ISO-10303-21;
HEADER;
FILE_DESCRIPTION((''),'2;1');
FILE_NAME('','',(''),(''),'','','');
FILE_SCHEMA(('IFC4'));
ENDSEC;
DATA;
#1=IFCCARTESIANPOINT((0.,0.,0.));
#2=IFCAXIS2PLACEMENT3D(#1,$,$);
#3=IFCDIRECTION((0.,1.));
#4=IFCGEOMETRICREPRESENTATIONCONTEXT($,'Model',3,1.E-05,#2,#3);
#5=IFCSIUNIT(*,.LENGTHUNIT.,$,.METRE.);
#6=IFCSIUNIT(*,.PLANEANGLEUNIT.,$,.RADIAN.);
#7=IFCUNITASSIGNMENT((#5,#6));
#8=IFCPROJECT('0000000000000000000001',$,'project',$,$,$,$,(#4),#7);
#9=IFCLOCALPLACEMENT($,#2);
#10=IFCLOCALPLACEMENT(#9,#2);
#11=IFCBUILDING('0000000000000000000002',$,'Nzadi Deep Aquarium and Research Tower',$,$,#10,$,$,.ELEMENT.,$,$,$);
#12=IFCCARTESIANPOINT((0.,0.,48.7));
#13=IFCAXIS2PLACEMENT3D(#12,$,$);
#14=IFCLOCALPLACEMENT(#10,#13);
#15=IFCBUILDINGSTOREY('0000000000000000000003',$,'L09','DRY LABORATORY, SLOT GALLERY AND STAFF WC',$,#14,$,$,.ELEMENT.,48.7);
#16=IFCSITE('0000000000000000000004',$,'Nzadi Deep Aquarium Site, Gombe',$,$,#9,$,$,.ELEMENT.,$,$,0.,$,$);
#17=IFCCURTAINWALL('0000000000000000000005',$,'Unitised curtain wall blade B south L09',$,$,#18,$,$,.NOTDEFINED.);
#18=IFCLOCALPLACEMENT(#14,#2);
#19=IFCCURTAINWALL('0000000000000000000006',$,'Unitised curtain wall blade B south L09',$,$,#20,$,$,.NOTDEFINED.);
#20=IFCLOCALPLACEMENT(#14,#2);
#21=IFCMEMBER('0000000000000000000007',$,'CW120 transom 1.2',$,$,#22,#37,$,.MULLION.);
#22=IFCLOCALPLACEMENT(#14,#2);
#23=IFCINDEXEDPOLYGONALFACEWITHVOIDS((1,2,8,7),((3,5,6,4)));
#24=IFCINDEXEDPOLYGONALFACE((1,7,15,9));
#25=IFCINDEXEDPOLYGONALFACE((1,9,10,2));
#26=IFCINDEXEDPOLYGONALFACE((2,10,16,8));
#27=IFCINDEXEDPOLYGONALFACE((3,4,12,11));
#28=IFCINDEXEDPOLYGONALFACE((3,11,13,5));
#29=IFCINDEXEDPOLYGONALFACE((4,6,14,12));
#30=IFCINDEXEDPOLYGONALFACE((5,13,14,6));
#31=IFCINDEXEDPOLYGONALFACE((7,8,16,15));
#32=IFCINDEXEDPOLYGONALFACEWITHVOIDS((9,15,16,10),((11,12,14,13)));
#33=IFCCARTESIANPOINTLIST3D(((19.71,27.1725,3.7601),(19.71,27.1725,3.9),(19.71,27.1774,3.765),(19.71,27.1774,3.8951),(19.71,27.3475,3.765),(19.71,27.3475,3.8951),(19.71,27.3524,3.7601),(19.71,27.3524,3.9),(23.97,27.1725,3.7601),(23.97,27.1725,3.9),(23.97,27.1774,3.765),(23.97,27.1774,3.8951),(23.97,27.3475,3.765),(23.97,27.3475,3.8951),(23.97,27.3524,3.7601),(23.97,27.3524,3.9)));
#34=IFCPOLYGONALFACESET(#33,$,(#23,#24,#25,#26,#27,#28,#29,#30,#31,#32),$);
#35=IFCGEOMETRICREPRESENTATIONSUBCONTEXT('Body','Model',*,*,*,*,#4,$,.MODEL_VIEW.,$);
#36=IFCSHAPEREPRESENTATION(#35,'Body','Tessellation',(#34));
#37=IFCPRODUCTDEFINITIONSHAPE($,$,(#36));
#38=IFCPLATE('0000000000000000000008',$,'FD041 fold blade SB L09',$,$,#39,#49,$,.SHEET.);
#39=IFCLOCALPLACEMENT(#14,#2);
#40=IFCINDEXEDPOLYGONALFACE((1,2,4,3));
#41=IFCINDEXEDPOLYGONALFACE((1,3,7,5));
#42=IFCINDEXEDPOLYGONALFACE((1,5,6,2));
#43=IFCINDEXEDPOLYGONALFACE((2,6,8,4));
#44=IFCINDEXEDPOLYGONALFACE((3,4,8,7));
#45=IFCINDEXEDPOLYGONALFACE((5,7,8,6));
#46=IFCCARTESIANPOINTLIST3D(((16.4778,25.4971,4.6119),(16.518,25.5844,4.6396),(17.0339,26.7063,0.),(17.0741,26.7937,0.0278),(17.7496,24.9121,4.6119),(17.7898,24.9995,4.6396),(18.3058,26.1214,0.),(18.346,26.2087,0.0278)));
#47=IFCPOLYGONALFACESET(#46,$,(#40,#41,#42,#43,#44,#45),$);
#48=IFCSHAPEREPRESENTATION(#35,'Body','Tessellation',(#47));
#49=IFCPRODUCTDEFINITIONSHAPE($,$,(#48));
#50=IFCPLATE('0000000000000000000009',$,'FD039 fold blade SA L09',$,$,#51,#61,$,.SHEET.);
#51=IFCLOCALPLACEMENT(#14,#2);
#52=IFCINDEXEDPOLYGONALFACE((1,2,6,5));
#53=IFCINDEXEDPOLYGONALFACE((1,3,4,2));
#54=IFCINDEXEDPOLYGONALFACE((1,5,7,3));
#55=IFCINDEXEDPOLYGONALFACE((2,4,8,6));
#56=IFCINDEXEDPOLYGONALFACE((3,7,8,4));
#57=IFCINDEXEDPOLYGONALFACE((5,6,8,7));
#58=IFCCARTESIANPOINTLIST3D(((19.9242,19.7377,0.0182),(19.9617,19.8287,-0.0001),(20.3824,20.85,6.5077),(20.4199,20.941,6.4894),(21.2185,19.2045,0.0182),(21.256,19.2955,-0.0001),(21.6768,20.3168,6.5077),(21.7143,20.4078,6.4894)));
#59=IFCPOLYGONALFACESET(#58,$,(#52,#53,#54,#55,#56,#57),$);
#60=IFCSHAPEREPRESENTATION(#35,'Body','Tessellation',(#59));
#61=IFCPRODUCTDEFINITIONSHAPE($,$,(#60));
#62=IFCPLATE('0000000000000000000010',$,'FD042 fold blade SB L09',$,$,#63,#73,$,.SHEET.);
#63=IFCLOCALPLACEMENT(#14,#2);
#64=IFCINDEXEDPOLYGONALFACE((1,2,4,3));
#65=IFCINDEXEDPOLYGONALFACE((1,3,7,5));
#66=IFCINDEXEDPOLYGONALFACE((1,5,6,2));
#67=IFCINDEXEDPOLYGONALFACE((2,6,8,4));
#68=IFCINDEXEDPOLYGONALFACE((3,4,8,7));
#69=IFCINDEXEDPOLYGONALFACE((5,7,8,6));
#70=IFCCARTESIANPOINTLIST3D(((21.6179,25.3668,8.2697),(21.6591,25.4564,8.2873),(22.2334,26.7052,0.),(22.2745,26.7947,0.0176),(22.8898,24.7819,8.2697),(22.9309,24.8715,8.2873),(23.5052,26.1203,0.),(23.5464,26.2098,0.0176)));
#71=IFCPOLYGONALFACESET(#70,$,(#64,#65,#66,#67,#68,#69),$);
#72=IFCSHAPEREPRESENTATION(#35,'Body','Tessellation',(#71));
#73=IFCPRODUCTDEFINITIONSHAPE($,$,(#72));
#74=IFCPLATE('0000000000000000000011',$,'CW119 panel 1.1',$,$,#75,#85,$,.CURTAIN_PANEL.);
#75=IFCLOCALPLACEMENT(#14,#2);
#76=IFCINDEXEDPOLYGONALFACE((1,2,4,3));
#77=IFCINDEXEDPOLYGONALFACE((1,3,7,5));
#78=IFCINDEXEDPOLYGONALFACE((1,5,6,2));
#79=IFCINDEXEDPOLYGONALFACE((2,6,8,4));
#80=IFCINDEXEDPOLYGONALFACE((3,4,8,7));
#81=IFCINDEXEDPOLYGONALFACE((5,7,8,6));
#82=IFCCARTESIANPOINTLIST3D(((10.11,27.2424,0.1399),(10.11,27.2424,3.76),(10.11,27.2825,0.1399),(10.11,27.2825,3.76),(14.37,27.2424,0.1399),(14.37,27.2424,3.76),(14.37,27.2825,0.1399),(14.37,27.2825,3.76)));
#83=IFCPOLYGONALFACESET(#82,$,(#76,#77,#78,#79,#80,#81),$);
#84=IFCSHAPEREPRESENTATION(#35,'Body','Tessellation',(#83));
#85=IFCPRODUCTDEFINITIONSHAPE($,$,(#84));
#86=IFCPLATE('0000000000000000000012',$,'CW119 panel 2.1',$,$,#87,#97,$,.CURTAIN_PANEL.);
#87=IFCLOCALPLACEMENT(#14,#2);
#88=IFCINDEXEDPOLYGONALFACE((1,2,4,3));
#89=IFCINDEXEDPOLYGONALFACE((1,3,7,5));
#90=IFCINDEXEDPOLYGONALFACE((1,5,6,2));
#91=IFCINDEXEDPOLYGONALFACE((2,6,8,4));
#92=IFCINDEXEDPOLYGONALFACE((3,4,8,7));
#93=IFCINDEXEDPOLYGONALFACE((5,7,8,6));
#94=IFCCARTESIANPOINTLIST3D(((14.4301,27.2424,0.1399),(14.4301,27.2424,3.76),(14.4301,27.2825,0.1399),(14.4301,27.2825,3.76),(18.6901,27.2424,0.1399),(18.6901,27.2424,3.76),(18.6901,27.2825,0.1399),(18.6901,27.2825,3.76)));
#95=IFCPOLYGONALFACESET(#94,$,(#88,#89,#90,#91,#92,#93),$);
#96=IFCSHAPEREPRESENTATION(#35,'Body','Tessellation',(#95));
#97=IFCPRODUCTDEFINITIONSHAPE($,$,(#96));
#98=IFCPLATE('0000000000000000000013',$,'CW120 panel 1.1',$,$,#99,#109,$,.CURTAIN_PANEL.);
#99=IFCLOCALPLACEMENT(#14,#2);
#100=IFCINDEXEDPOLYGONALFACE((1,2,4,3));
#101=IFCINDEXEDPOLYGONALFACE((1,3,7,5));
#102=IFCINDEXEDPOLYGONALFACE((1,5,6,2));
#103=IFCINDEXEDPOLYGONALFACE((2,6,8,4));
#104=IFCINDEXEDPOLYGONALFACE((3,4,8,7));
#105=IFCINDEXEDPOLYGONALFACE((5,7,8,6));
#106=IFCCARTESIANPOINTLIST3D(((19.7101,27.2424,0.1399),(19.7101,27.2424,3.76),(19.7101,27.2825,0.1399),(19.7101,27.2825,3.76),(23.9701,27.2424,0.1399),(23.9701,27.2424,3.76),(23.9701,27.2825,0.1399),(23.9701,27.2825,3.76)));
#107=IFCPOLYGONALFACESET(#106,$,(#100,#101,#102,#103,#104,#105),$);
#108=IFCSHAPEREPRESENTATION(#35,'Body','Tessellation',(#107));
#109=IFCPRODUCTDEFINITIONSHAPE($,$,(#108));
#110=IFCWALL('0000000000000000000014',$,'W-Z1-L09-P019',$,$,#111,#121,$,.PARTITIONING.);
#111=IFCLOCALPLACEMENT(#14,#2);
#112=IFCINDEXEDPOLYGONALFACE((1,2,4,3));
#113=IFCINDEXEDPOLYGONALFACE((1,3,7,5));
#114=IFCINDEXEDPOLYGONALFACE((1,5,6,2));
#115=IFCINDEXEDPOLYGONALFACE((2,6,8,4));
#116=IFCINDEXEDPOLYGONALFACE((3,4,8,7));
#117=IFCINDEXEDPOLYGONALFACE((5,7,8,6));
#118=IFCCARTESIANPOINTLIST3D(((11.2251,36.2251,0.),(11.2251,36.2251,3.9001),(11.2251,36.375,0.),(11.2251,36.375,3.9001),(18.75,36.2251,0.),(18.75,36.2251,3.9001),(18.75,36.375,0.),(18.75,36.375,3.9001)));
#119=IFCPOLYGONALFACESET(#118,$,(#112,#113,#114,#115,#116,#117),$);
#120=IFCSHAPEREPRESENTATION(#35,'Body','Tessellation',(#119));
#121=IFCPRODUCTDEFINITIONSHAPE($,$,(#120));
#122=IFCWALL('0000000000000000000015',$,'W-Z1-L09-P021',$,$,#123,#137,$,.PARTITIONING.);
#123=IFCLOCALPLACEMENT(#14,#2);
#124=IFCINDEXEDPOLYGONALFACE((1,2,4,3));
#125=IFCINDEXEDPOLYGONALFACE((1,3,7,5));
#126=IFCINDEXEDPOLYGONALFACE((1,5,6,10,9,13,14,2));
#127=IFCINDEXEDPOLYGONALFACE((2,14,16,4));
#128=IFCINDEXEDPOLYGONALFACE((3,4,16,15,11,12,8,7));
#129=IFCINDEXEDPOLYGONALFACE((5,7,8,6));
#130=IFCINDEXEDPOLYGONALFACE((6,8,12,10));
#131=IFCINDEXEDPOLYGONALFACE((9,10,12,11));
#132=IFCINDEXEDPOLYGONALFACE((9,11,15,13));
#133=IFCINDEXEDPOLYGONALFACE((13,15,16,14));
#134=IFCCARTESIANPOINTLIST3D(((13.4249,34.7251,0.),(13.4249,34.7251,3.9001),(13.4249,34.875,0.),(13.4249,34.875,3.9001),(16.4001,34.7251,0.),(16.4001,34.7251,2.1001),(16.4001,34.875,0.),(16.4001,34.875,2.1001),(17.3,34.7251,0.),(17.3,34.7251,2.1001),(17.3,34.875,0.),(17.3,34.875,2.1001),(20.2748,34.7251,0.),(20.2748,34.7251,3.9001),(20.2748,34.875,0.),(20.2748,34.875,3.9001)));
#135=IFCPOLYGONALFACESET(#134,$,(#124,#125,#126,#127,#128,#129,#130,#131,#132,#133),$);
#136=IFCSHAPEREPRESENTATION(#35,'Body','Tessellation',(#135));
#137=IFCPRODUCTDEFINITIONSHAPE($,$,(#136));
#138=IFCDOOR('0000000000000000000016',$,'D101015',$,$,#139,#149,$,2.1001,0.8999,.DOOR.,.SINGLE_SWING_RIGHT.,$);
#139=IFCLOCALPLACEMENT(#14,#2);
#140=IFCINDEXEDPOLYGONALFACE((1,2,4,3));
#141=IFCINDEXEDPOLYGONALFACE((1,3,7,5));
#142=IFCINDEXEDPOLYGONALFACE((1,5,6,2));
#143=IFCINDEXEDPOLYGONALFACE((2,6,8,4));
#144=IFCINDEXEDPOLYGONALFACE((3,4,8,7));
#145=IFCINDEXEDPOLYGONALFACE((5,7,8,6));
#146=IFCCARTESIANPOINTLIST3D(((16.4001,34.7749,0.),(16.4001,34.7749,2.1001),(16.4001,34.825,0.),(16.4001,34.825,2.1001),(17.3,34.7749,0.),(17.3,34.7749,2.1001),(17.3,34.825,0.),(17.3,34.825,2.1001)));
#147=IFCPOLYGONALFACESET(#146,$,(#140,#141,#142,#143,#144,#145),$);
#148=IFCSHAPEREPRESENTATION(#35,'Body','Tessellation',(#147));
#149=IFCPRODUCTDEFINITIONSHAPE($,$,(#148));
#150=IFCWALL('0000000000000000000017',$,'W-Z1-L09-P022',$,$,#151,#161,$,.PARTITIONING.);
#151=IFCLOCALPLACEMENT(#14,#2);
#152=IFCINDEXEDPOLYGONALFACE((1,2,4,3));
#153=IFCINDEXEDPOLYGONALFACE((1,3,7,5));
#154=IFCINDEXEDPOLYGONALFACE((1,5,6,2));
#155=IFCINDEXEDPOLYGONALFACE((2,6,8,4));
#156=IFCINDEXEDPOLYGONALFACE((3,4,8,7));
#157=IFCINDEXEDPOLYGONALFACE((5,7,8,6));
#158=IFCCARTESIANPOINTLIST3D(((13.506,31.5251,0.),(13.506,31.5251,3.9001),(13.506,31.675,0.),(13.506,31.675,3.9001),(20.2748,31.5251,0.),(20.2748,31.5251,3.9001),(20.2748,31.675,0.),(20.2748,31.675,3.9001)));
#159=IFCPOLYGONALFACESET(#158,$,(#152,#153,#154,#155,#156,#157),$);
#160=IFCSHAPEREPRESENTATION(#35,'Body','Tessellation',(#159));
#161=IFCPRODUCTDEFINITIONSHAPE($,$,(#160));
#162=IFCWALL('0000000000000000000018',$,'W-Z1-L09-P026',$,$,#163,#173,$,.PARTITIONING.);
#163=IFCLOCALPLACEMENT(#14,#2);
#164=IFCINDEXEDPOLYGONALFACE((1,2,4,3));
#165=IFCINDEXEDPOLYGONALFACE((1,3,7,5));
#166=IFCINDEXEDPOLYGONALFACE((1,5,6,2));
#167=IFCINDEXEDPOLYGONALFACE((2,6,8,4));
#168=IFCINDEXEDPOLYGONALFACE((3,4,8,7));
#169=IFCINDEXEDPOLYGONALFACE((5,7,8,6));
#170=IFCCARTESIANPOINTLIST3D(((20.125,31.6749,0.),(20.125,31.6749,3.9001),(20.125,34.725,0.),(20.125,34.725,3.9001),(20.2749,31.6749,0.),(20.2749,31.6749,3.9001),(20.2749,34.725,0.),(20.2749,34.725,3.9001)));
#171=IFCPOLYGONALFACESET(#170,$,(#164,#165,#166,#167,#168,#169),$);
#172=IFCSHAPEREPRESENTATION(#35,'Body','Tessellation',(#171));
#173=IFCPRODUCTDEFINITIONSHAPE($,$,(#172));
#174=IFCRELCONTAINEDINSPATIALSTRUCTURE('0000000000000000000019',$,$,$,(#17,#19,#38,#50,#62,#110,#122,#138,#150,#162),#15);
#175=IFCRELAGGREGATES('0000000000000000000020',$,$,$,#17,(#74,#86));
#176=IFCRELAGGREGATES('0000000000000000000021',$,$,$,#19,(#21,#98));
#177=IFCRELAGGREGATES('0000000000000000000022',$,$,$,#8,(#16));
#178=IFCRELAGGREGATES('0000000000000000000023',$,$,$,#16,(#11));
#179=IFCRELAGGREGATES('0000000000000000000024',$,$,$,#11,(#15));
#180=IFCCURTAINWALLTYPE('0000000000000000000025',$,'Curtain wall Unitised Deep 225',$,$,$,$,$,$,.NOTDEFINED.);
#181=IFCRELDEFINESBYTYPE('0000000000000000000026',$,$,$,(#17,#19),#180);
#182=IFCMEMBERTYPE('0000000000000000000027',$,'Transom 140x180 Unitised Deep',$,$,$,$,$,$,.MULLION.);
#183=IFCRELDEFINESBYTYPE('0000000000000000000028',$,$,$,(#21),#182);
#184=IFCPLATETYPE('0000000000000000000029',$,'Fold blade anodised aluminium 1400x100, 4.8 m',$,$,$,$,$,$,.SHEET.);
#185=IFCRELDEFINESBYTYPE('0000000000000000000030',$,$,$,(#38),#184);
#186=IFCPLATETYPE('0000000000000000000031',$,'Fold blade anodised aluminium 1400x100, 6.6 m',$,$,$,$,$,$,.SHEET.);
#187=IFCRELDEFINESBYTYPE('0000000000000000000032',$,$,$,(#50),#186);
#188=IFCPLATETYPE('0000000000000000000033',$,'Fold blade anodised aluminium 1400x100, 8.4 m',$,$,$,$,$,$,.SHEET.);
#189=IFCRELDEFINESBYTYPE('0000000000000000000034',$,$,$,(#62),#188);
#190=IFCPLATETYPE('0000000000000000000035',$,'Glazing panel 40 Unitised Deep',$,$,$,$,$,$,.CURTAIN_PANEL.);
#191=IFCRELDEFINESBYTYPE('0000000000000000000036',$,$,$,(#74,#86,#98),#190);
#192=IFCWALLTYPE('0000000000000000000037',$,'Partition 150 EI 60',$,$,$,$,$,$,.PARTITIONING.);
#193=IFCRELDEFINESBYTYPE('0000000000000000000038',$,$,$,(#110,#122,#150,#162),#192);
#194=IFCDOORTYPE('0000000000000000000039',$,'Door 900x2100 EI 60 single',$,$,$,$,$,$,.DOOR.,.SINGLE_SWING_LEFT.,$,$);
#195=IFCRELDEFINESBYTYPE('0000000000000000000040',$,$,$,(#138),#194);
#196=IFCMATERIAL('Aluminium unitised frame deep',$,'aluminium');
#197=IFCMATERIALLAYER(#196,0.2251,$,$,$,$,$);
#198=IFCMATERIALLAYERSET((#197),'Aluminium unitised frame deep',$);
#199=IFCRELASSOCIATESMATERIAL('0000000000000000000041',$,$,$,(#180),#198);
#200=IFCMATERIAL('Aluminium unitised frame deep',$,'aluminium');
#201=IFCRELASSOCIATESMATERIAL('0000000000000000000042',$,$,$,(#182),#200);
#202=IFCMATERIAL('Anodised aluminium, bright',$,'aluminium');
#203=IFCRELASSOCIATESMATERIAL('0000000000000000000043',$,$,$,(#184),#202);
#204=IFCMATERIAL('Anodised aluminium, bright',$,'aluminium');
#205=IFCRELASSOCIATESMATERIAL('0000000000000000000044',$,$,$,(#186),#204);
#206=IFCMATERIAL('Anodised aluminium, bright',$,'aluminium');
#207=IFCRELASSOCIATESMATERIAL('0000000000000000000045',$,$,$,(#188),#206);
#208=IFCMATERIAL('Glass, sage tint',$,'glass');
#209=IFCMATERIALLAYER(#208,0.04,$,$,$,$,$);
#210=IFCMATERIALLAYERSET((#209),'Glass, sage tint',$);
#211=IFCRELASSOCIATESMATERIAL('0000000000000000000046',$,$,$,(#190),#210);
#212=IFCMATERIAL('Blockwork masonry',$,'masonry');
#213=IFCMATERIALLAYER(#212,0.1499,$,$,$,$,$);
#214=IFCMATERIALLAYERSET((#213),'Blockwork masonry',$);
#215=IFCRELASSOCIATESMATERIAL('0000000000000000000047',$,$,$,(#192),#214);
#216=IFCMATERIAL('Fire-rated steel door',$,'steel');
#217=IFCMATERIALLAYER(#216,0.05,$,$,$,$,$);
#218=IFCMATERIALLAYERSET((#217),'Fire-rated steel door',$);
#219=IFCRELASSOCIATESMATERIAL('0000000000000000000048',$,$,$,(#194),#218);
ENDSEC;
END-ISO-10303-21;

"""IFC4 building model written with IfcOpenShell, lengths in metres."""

from ifc_helpers import new_model, si_unit, direction, frame, frame_2d, origin, origin_2d, place, context, subcontext, project, spatial, rectangle, hollow_rectangle, extrude, material, layer, layer_set, material_profile, profile_set, type_object, element, fill, aggregate, save


model = new_model("IFC4")

# Units and contexts
model_context = context("Model", 3, precision=1e-05, world=origin(), true_north=direction((0.0, 1.0)))
body_context = subcontext(model_context, "Body", "Model", "MODEL_VIEW")
ifc_project = project(units=[si_unit("LENGTHUNIT", "METRE"), si_unit("PLANEANGLEUNIT", "RADIAN")], contexts=[model_context])

# Site, building, storey
site_placement = place(None, origin())
site = spatial("IfcSite", under=ifc_project, at=site_placement, Name="Nzadi Deep Aquarium Site, Gombe", CompositionType="ELEMENT", RefElevation=0.0)
building_placement = place(site_placement, origin())
building = spatial("IfcBuilding", under=site, at=building_placement, Name="Nzadi Deep Aquarium and Research Tower", CompositionType="ELEMENT")
storey_placement = place(building_placement, frame((0.0, 0.0, 48.7)))
storey = spatial("IfcBuildingStorey", under=building, at=storey_placement, Name="L09", Description="DRY LABORATORY, SLOT GALLERY AND STAFF WC", CompositionType="ELEMENT", Elevation=48.7)

# Curtain walls
ifc_material_1 = material(Name="Aluminium unitised frame deep", Category="aluminium")
ifc_layer_1 = layer(ifc_material_1, 0.2251)
ifc_layer_set_1 = layer_set([ifc_layer_1], Name="Aluminium unitised frame deep")
curtain_wall_type_1 = type_object("IfcCurtainWallType", Name="Curtain wall Unitised Deep 225", PredefinedType="NOTDEFINED", material=ifc_layer_set_1)
curtain_wall_1_placement = place(storey_placement, origin())
curtain_wall_1 = element("IfcCurtainWall", 1, at=curtain_wall_1_placement, inside=storey, type_object=curtain_wall_type_1, Name="Unitised curtain wall blade B south L09", PredefinedType="NOTDEFINED")
curtain_wall_2_placement = place(storey_placement, origin())
curtain_wall_2 = element("IfcCurtainWall", 2, at=curtain_wall_2_placement, inside=storey, type_object=curtain_wall_type_1, Name="Unitised curtain wall blade B south L09", PredefinedType="NOTDEFINED")

# Member
ifc_material_2 = material(Name="Aluminium unitised frame deep", Category="aluminium")
ifc_material_profile_1 = material_profile(ifc_material_2, hollow_rectangle(XDim=0.1799, YDim=0.1399, WallThickness=0.0049, at=origin_2d()))
ifc_profile_set_1 = profile_set([ifc_material_profile_1], Name="Aluminium unitised frame deep")
member_type_1 = type_object("IfcMemberType", Name="Transom 140x180 Unitised Deep", PredefinedType="MULLION", material=ifc_profile_set_1)
member_1_placement = place(storey_placement, frame((19.71, 27.2625, 3.8301), z_axis=(1.0, 0.0, 0.0), x_axis=(0.0, 1.0, 0.0)))
member_1 = element("IfcMember", 3, at=member_1_placement, type_object=member_type_1, Name="CW120 transom 1.2", PredefinedType="MULLION", context=body_context, shape_type="SweptSolid", body=[
    extrude(hollow_rectangle(XDim=0.1799, YDim=0.1399, WallThickness=0.0049, at=origin_2d()), origin(), (0.0, 0.0, 1.0), 4.26),
])

# Plates
ifc_material_3 = material(Name="Anodised aluminium, bright", Category="aluminium")
ifc_material_profile_2 = material_profile(ifc_material_3, rectangle(XDim=1.3999, YDim=0.1001, at=origin_2d()))
ifc_profile_set_2 = profile_set([ifc_material_profile_2], Name="Anodised aluminium, bright")
plate_type_1 = type_object("IfcPlateType", Name="Fold blade anodised aluminium 1400x100, 4.8 m", PredefinedType="SHEET", material=ifc_profile_set_2)
plate_1_placement = place(storey_placement, frame((17.6899, 26.4575, 0.0139), z_axis=(-0.115864, -0.25192, 0.960787), x_axis=(0.908517, -0.417848, 0.0)))
element("IfcPlate", 4, at=plate_1_placement, inside=storey, type_object=plate_type_1, Name="FD041 fold blade SB L09", PredefinedType="SHEET", context=body_context, shape_type="SweptSolid", body=[
    extrude(rectangle(XDim=1.3999, YDim=0.1001, at=origin_2d()), origin(), (0.0, 0.0, 1.0), 4.8),
])
ifc_material_4 = material(Name="Anodised aluminium, bright", Category="aluminium")
ifc_material_profile_3 = material_profile(ifc_material_4, rectangle(XDim=1.3999, YDim=0.1001, at=origin_2d()))
ifc_profile_set_3 = profile_set([ifc_material_profile_3], Name="Anodised aluminium, bright")
plate_type_2 = type_object("IfcPlateType", Name="Fold blade anodised aluminium 1400x100, 6.6 m", PredefinedType="SHEET", material=ifc_profile_set_3)
plate_2_placement = place(storey_placement, frame((20.5901, 19.5166, 0.009), z_axis=(0.069431, 0.168529, 0.983248), x_axis=(-0.924607, 0.380923, 0.0)))
element("IfcPlate", 5, at=plate_2_placement, inside=storey, type_object=plate_type_2, Name="FD039 fold blade SA L09", PredefinedType="SHEET", context=body_context, shape_type="SweptSolid", body=[
    extrude(rectangle(XDim=1.3999, YDim=0.1001, at=origin_2d()), origin(), (0.0, 0.0, 1.0), 6.6001),
])
ifc_material_5 = material(Name="Anodised aluminium, bright", Category="aluminium")
ifc_material_profile_4 = material_profile(ifc_material_5, rectangle(XDim=1.3999, YDim=0.1001, at=origin_2d()))
ifc_profile_set_4 = profile_set([ifc_material_profile_4], Name="Anodised aluminium, bright")
plate_type_3 = type_object("IfcPlateType", Name="Fold blade anodised aluminium 1400x100, 8.4 m", PredefinedType="SHEET", material=ifc_profile_set_4)
plate_3_placement = place(storey_placement, frame((22.8899, 26.4575, 0.0088), z_axis=(-0.073272, -0.159332, 0.984502), x_axis=(0.908536, -0.417807, 0.0)))
element("IfcPlate", 6, at=plate_3_placement, inside=storey, type_object=plate_type_3, Name="FD042 fold blade SB L09", PredefinedType="SHEET", context=body_context, shape_type="SweptSolid", body=[
    extrude(rectangle(XDim=1.3999, YDim=0.1001, at=origin_2d()), origin(), (0.0, 0.0, 1.0), 8.3999),
])

# Plates
ifc_material_6 = material(Name="Glass, sage tint", Category="glass")
ifc_layer_2 = layer(ifc_material_6, 0.04)
ifc_layer_set_2 = layer_set([ifc_layer_2], Name="Glass, sage tint")
plate_type_4 = type_object("IfcPlateType", Name="Glazing panel 40 Unitised Deep", PredefinedType="CURTAIN_PANEL", material=ifc_layer_set_2)
plate_4_placement = place(storey_placement, frame((12.24, 27.2625, 0.1399), z_axis=(0.0, 0.0, 1.0), x_axis=(1.0, 0.0, 0.0)))
plate_4 = element("IfcPlate", 7, at=plate_4_placement, type_object=plate_type_4, Name="CW119 panel 1.1", PredefinedType="CURTAIN_PANEL", context=body_context, shape_type="SweptSolid", body=[
    extrude(rectangle(XDim=4.26, YDim=0.04, at=origin_2d()), origin(), (0.0, 0.0, 1.0), 3.6201),
])
plate_5_placement = place(storey_placement, frame((16.5601, 27.2625, 0.1399), z_axis=(0.0, 0.0, 1.0), x_axis=(1.0, 0.0, 0.0)))
plate_5 = element("IfcPlate", 8, at=plate_5_placement, type_object=plate_type_4, Name="CW119 panel 2.1", PredefinedType="CURTAIN_PANEL", context=body_context, shape_type="SweptSolid", body=[
    extrude(rectangle(XDim=4.26, YDim=0.04, at=origin_2d()), origin(), (0.0, 0.0, 1.0), 3.6201),
])
aggregate(curtain_wall_1, [plate_4, plate_5])
plate_6_placement = place(storey_placement, frame((21.8401, 27.2625, 0.1399), z_axis=(0.0, 0.0, 1.0), x_axis=(1.0, 0.0, 0.0)))
plate_6 = element("IfcPlate", 9, at=plate_6_placement, type_object=plate_type_4, Name="CW120 panel 1.1", PredefinedType="CURTAIN_PANEL", context=body_context, shape_type="SweptSolid", body=[
    extrude(rectangle(XDim=4.26, YDim=0.04, at=origin_2d()), origin(), (0.0, 0.0, 1.0), 3.6201),
])
aggregate(curtain_wall_2, [member_1, plate_6])

# Wall
ifc_material_7 = material(Name="Blockwork masonry", Category="masonry")
ifc_layer_3 = layer(ifc_material_7, 0.1499)
ifc_layer_set_3 = layer_set([ifc_layer_3], Name="Blockwork masonry")
wall_type_1 = type_object("IfcWallType", Name="Partition 150 EI 60", PredefinedType="PARTITIONING", material=ifc_layer_set_3)
wall_1_placement = place(storey_placement, frame((11.2251, 36.3, 0.0), z_axis=(0.0, 0.0, 1.0), x_axis=(1.0, 0.0, 0.0)))
element("IfcWall", 10, at=wall_1_placement, inside=storey, type_object=wall_type_1, Name="W-Z1-L09-P019", PredefinedType="PARTITIONING", context=body_context, shape_type="SweptSolid", body=[
    extrude(rectangle(XDim=7.5249, YDim=0.1499, at=frame_2d((3.7625, 0.0))), origin(), (0.0, 0.0, 1.0), 3.9001),
])

# Wall, opening, door
wall_2_placement = place(storey_placement, frame((13.425, 34.8, 0.0), z_axis=(0.0, 0.0, 1.0), x_axis=(1.0, 0.0, 0.0)))
wall_2 = element("IfcWall", 11, at=wall_2_placement, inside=storey, type_object=wall_type_1, Name="W-Z1-L09-P021", PredefinedType="PARTITIONING", context=body_context, shape_type="SweptSolid", body=[
    extrude(rectangle(XDim=6.8499, YDim=0.1499, at=frame_2d((3.4248, 0.0))), origin(), (0.0, 0.0, 1.0), 3.9001),
])
opening_1_placement = place(wall_2_placement, frame((2.9751, 0.0, 0.0)))
opening_1 = element("IfcOpeningElement", 12, at=opening_1_placement, cuts=wall_2, PredefinedType="OPENING", context=body_context, shape_type="SweptSolid", body=[
    extrude(rectangle(XDim=0.8999, YDim=2.1001, at=frame_2d((0.45, 1.05))), frame((0.0, 0.085, 0.0), z_axis=(0.0, -1.0, 0.0), x_axis=(1.0, 0.0, 0.0)), (0.0, 0.0, 1.0), 0.1699),
])
ifc_material_8 = material(Name="Fire-rated steel door", Category="steel")
ifc_layer_4 = layer(ifc_material_8, 0.05)
ifc_layer_set_4 = layer_set([ifc_layer_4], Name="Fire-rated steel door")
door_type_1 = type_object("IfcDoorType", Name="Door 900x2100 EI 60 single", OperationType="SINGLE_SWING_LEFT", PredefinedType="DOOR", material=ifc_layer_set_4)
door_1_placement = place(opening_1_placement, origin())
door_1 = element("IfcDoor", 13, at=door_1_placement, inside=storey, type_object=door_type_1, Name="D101015", OperationType="SINGLE_SWING_RIGHT", OverallHeight=2.1001, OverallWidth=0.8999, PredefinedType="DOOR", context=body_context, shape_type="SweptSolid", body=[
    extrude(rectangle(XDim=0.8999, YDim=2.1001, at=frame_2d((0.45, 1.05))), frame((0.0, 0.0249, 0.0), z_axis=(0.0, -1.0, 0.0), x_axis=(1.0, 0.0, 0.0)), (0.0, 0.0, 1.0), 0.05),
])
fill(opening_1, door_1)

# Walls
wall_3_placement = place(storey_placement, frame((13.5061, 31.6001, 0.0), z_axis=(0.0, 0.0, 1.0), x_axis=(1.0, 0.0, 0.0)))
element("IfcWall", 14, at=wall_3_placement, inside=storey, type_object=wall_type_1, Name="W-Z1-L09-P022", PredefinedType="PARTITIONING", context=body_context, shape_type="SweptSolid", body=[
    extrude(rectangle(XDim=6.7688, YDim=0.1499, at=frame_2d((3.3843, 0.0))), origin(), (0.0, 0.0, 1.0), 3.9001),
])
wall_4_placement = place(storey_placement, frame((20.2, 31.675, 0.0), z_axis=(0.0, 0.0, 1.0), x_axis=(0.0, 1.0, 0.0)))
element("IfcWall", 15, at=wall_4_placement, inside=storey, type_object=wall_type_1, Name="W-Z1-L09-P026", PredefinedType="PARTITIONING", context=body_context, shape_type="SweptSolid", body=[
    extrude(rectangle(XDim=3.05, YDim=0.1499, at=frame_2d((1.5249, 0.0))), origin(), (0.0, 0.0, 1.0), 3.9001),
])

save(model, "model.ifc")
